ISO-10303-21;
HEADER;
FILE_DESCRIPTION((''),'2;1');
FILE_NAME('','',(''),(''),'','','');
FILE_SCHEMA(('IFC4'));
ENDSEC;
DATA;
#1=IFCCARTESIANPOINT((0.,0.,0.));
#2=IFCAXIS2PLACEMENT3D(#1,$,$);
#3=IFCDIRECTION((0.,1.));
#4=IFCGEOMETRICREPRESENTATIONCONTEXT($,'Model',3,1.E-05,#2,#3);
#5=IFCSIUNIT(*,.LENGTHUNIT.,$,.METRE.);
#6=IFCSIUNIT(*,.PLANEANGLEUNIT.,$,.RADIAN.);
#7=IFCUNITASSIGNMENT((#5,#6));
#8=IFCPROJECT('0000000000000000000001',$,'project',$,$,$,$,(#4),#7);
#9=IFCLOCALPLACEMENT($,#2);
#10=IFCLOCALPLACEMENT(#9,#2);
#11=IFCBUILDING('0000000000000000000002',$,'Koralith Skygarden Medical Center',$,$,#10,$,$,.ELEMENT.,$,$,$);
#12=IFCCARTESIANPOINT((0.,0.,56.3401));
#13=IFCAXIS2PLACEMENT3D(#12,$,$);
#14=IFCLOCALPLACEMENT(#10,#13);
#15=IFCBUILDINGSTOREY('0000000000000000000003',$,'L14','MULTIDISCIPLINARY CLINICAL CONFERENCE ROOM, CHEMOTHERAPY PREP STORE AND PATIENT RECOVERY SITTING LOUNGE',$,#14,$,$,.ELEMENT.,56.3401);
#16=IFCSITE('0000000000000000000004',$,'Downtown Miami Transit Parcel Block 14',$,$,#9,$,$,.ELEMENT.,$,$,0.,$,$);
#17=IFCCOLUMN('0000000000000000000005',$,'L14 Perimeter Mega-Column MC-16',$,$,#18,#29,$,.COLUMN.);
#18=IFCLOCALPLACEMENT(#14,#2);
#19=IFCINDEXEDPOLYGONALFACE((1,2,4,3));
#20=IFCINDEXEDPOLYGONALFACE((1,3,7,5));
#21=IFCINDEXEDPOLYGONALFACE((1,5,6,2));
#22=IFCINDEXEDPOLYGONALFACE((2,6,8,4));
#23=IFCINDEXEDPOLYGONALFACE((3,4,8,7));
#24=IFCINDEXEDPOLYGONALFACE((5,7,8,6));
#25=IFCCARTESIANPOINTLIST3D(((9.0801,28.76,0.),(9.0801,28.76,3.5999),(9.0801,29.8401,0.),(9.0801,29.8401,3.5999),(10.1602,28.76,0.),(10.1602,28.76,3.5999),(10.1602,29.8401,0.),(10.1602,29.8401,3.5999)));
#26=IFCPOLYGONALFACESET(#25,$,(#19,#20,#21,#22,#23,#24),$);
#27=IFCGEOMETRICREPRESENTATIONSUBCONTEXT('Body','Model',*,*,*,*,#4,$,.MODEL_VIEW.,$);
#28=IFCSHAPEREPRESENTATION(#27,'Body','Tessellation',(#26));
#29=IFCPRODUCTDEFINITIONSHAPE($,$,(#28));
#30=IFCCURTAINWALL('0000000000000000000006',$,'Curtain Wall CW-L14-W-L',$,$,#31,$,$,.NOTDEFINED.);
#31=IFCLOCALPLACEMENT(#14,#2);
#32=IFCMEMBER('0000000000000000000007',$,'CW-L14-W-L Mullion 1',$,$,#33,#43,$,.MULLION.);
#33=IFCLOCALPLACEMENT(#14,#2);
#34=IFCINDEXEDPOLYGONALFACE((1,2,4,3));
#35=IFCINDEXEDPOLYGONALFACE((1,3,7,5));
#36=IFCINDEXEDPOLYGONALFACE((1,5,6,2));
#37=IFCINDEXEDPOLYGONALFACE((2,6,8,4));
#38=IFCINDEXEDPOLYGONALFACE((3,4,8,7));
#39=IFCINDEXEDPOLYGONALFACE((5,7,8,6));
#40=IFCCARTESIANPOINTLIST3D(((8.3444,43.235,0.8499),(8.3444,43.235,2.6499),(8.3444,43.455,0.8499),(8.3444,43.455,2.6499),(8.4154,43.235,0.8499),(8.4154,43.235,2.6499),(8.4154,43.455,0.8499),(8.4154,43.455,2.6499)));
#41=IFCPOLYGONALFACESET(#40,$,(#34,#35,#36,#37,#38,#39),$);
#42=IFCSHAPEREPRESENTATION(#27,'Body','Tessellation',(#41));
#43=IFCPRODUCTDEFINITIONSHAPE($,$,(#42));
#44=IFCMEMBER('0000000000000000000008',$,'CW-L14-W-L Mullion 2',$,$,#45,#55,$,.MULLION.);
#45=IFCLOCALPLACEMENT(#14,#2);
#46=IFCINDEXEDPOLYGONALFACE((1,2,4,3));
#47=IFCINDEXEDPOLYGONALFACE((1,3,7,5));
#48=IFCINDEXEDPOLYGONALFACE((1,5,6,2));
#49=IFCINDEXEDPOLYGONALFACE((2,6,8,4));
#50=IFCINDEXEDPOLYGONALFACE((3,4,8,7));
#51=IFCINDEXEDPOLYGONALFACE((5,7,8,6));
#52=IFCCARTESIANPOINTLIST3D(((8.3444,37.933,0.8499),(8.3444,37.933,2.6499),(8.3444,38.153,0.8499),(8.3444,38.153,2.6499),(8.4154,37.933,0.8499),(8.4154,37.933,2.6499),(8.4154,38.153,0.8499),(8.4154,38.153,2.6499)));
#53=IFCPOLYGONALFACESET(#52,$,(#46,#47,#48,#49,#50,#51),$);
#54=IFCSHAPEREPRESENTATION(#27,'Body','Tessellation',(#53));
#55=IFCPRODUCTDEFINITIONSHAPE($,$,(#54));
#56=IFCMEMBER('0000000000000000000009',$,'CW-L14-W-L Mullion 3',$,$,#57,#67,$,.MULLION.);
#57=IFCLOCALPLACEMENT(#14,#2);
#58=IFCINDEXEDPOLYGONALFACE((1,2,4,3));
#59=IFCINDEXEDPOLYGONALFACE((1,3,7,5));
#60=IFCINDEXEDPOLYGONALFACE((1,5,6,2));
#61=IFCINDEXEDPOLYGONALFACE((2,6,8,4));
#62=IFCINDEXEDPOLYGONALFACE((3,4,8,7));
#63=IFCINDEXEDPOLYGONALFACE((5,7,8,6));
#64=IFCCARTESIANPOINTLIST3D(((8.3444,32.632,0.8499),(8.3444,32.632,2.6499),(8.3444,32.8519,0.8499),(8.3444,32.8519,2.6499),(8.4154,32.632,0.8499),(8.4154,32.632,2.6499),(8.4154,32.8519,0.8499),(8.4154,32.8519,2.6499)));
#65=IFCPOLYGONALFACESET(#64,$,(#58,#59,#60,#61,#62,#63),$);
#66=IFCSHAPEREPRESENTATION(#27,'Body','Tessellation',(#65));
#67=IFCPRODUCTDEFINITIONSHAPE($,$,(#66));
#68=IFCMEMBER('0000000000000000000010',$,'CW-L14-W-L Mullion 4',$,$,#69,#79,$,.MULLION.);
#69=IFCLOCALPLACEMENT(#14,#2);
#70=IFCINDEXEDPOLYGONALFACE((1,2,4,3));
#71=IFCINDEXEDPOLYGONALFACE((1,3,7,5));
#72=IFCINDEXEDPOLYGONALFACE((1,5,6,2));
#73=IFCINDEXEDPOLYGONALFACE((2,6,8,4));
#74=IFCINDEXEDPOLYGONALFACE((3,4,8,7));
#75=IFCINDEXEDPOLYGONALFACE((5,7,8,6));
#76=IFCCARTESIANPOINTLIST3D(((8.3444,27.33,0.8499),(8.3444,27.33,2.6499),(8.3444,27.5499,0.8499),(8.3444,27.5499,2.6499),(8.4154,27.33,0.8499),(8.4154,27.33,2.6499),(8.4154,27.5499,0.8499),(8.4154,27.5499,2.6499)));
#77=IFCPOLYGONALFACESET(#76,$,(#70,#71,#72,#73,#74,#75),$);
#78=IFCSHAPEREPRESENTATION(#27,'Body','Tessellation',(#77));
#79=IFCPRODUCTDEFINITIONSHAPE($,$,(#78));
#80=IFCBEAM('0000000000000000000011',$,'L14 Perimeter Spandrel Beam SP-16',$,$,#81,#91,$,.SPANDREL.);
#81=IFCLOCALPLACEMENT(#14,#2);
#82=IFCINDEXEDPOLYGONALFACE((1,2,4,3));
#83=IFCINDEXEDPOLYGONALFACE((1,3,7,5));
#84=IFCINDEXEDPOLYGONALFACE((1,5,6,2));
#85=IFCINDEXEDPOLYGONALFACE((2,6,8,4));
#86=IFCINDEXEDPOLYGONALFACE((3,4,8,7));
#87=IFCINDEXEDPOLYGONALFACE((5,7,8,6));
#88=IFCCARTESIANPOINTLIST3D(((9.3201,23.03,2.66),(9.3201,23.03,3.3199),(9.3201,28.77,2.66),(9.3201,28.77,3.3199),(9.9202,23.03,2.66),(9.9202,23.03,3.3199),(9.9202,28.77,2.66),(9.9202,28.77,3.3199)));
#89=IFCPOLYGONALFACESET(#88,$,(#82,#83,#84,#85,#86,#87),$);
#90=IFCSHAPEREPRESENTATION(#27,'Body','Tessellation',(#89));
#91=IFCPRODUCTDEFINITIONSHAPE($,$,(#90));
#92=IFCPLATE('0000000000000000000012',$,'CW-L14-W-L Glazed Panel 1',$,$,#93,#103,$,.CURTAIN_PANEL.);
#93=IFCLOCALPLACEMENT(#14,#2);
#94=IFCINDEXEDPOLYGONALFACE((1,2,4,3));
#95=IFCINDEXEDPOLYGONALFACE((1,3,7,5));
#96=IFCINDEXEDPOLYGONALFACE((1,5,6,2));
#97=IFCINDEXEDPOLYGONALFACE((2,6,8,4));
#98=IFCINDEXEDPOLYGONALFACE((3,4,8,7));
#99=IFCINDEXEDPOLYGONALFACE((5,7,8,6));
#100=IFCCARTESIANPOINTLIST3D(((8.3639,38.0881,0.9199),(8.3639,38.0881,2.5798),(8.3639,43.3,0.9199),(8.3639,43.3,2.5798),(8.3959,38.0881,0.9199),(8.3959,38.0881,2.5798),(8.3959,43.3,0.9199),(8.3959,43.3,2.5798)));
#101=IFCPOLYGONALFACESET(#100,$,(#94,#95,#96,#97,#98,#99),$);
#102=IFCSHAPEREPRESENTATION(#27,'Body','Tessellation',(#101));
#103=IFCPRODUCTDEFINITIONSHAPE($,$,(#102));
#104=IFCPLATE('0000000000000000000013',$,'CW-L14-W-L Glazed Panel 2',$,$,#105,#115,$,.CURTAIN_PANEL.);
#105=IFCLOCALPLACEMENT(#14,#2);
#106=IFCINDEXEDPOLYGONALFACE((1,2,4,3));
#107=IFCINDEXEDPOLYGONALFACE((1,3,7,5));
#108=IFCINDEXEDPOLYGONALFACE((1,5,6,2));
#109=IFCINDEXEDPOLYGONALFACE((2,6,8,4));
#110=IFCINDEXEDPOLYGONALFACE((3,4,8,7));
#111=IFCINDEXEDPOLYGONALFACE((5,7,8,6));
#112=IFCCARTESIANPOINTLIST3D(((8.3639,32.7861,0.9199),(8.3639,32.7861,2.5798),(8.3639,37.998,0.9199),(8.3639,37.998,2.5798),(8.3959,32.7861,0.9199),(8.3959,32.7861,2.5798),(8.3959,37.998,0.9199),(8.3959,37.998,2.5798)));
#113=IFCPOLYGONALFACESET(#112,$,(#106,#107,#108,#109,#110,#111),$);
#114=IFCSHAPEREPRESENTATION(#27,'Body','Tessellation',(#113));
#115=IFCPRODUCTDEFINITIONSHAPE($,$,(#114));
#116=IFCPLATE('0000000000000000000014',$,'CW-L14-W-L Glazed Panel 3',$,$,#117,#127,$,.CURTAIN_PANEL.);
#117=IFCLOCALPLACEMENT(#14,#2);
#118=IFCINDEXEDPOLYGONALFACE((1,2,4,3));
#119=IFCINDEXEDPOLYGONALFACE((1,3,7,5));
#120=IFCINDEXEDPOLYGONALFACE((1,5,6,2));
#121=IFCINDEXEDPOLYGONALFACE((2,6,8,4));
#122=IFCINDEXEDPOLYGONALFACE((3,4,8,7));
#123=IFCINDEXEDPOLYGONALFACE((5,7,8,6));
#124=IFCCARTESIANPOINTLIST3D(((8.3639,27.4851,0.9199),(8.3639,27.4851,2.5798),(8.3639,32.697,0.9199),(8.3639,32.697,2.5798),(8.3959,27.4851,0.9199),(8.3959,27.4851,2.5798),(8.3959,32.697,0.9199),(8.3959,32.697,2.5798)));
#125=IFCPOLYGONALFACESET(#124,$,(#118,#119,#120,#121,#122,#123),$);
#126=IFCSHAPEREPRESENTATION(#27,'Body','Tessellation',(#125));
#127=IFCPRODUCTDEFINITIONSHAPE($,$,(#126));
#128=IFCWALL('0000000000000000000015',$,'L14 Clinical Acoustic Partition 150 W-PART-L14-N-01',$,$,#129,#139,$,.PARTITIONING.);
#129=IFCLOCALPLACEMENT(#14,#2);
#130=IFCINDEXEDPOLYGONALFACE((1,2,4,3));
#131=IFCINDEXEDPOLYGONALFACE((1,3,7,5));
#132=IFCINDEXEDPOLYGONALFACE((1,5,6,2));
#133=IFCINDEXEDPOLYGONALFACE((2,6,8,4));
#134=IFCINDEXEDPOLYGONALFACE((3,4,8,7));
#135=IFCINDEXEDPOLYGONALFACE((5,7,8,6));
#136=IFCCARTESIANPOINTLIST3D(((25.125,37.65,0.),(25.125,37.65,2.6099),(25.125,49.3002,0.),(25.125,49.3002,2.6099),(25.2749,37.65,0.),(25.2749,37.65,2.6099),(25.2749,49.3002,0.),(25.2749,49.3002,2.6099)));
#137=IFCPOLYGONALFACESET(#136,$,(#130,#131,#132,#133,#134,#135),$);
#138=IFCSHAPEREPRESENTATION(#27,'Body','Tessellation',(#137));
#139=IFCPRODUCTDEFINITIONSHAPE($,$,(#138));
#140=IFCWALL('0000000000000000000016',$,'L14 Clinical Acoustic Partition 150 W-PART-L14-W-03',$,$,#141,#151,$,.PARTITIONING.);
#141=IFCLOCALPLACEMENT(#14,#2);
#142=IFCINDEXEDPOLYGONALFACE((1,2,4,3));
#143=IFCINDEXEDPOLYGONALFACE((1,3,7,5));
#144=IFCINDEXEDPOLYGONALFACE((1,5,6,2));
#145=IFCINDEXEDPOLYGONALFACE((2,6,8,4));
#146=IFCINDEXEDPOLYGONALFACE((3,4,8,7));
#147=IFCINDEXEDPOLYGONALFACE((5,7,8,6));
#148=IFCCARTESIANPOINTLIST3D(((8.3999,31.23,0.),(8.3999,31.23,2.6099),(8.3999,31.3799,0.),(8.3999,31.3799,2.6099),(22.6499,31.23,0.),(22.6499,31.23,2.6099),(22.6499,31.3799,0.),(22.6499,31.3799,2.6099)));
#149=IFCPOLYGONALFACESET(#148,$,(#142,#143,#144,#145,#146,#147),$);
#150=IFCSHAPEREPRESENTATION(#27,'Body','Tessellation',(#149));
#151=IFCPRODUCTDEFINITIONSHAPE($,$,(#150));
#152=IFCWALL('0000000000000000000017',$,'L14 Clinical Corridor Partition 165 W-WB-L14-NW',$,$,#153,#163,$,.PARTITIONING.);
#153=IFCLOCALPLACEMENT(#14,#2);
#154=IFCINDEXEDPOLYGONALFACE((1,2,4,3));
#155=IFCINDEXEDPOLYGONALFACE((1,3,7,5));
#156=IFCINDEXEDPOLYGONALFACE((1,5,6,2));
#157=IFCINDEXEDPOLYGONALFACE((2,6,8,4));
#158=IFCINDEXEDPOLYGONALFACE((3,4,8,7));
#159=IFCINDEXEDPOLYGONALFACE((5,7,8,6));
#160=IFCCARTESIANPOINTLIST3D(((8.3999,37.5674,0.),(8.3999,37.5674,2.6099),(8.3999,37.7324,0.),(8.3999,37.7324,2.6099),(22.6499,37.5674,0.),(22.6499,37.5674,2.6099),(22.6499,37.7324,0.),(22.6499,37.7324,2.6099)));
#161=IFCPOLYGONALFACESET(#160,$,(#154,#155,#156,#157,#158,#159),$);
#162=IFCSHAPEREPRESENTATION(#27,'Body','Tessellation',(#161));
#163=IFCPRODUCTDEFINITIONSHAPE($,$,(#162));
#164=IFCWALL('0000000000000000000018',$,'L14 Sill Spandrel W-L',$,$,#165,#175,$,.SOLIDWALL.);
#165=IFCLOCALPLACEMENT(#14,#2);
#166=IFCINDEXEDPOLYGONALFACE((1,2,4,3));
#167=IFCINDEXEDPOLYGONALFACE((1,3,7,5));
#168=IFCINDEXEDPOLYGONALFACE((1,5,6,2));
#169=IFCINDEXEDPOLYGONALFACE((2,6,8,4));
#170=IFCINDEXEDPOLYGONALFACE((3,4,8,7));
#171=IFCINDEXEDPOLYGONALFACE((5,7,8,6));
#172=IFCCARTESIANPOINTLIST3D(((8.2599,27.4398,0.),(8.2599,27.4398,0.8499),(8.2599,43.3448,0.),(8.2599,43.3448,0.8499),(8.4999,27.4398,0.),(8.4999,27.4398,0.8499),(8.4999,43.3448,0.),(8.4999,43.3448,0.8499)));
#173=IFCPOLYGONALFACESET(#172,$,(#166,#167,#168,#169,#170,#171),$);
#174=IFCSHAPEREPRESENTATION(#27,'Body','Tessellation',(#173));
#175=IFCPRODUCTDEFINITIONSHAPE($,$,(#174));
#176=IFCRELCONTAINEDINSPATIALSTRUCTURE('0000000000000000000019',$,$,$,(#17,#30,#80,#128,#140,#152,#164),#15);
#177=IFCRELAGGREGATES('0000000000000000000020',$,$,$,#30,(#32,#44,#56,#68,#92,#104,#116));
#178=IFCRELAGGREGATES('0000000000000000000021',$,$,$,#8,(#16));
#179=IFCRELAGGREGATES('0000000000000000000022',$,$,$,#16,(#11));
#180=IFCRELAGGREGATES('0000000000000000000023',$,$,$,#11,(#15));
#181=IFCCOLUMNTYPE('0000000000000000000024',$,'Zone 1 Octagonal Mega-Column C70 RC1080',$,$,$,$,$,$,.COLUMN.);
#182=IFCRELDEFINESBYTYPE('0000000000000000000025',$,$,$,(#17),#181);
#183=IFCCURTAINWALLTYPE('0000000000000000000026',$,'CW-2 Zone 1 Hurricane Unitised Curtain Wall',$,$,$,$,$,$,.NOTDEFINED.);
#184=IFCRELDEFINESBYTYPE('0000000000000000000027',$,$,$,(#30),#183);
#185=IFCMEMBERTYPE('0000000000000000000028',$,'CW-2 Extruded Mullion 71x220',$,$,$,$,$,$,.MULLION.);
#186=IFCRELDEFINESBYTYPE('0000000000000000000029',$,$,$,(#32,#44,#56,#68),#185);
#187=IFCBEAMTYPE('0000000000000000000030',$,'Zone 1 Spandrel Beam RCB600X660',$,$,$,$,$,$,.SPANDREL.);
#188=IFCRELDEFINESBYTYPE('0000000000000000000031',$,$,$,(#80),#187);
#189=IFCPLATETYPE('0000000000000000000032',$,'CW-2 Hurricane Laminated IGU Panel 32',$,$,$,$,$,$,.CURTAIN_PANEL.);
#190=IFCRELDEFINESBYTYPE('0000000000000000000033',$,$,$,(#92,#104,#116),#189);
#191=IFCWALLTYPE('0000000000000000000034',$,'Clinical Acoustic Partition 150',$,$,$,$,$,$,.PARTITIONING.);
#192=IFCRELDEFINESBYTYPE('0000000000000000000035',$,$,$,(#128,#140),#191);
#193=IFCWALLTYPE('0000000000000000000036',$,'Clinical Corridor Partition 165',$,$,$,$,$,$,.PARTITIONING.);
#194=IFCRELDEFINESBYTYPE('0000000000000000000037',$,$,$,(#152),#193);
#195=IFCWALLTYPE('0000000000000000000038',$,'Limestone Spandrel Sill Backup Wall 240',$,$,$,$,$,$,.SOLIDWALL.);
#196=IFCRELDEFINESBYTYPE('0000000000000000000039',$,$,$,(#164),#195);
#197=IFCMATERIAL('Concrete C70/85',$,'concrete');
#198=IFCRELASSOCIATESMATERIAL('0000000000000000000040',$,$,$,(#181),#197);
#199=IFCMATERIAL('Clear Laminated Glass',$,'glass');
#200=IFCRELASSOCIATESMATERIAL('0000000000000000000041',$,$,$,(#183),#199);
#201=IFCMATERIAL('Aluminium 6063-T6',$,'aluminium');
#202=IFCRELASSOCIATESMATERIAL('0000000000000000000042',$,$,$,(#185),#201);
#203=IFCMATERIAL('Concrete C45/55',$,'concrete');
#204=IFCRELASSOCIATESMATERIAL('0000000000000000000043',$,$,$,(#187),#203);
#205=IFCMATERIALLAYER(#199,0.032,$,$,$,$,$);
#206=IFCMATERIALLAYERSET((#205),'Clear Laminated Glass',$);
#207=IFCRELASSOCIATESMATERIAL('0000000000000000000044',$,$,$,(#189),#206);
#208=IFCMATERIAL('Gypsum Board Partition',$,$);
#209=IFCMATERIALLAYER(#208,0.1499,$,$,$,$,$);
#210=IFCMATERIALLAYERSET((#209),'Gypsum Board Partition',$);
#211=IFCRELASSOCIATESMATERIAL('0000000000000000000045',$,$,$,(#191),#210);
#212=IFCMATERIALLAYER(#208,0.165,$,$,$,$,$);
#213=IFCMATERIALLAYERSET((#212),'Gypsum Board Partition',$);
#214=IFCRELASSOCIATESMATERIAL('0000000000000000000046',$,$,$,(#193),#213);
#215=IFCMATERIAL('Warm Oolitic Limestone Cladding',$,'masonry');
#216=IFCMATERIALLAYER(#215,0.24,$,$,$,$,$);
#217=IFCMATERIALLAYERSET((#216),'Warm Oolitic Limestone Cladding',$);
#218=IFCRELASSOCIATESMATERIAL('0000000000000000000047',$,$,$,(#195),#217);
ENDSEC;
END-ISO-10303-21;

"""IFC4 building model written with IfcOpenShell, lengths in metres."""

from ifc_helpers import new_model, si_unit, direction, frame, frame_2d, origin, origin_2d, place, context, subcontext, project, spatial, rectangle, extrude, material, layer, layer_set, material_profile, profile_set, type_object, element, aggregate, save


model = new_model("IFC4")

# Units and contexts
model_context = context("Model", 3, precision=1e-05, world=origin(), true_north=direction((0.0, 1.0)))
body_context = subcontext(model_context, "Body", "Model", "MODEL_VIEW")
ifc_project = project(units=[si_unit("LENGTHUNIT", "METRE"), si_unit("PLANEANGLEUNIT", "RADIAN")], contexts=[model_context])

# Site, building, storey
site_placement = place(None, origin())
site = spatial("IfcSite", under=ifc_project, at=site_placement, Name="Downtown Miami Transit Parcel Block 14", CompositionType="ELEMENT", RefElevation=0.0)
building_placement = place(site_placement, origin())
building = spatial("IfcBuilding", under=site, at=building_placement, Name="Koralith Skygarden Medical Center", CompositionType="ELEMENT")
storey_placement = place(building_placement, frame((0.0, 0.0, 56.3401)))
storey = spatial("IfcBuildingStorey", under=building, at=storey_placement, Name="L14", Description="MULTIDISCIPLINARY CLINICAL CONFERENCE ROOM, CHEMOTHERAPY PREP STORE AND PATIENT RECOVERY SITTING LOUNGE", CompositionType="ELEMENT", Elevation=56.3401)

# Column
ifc_material_1 = material(Name="Concrete C70/85", Category="concrete")
ifc_material_profile_1 = material_profile(ifc_material_1, rectangle(XDim=1.0801, YDim=1.0801, at=origin_2d()), Name="RC1080X1080")
ifc_profile_set_1 = profile_set([ifc_material_profile_1], Name="Concrete C70/85")
column_type = type_object("IfcColumnType", Name="Zone 1 Octagonal Mega-Column C70 RC1080", PredefinedType="COLUMN", material=ifc_profile_set_1)
column_placement = place(storey_placement, frame((9.6201, 29.3, 0.0), z_axis=(0.0, 0.0, 1.0), x_axis=(1.0, 0.0, 0.0)))
element("IfcColumn", 1, at=column_placement, inside=storey, type_object=column_type, Name="L14 Perimeter Mega-Column MC-16", PredefinedType="COLUMN", context=body_context, shape_type="SweptSolid", body=[
    extrude(rectangle(XDim=1.0801, YDim=1.0801, at=origin_2d()), origin(), (0.0, 0.0, 1.0), 3.5999),
])

# Curtain wall, members
ifc_material_2 = material(Name="Clear Laminated Glass", Category="glass")
curtain_wall_type = type_object("IfcCurtainWallType", Name="CW-2 Zone 1 Hurricane Unitised Curtain Wall", PredefinedType="NOTDEFINED", material=ifc_material_2)
curtain_wall_placement = place(storey_placement, origin())
curtain_wall = element("IfcCurtainWall", 2, at=curtain_wall_placement, inside=storey, type_object=curtain_wall_type, Name="Curtain Wall CW-L14-W-L", PredefinedType="NOTDEFINED")
ifc_material_3 = material(Name="Aluminium 6063-T6", Category="aluminium")
ifc_material_profile_2 = material_profile(ifc_material_3, rectangle(XDim=0.071, YDim=0.22, at=origin_2d()), Name="MUL71X220")
ifc_profile_set_2 = profile_set([ifc_material_profile_2], Name="Aluminium 6063-T6")
member_type = type_object("IfcMemberType", Name="CW-2 Extruded Mullion 71x220", PredefinedType="MULLION", material=ifc_profile_set_2)
member_1_placement = place(storey_placement, frame((8.3799, 43.345, 0.8499), z_axis=(0.0, 0.0, 1.0), x_axis=(1.0, 0.0, 0.0)))
member_1 = element("IfcMember", 3, at=member_1_placement, type_object=member_type, Name="CW-L14-W-L Mullion 1", PredefinedType="MULLION", context=body_context, shape_type="SweptSolid", body=[
    extrude(rectangle(XDim=0.071, YDim=0.22, at=origin_2d()), origin(), (0.0, 0.0, 1.0), 1.8),
])
member_2_placement = place(storey_placement, frame((8.3799, 38.043, 0.8499), z_axis=(0.0, 0.0, 1.0), x_axis=(1.0, 0.0, 0.0)))
member_2 = element("IfcMember", 4, at=member_2_placement, type_object=member_type, Name="CW-L14-W-L Mullion 2", PredefinedType="MULLION", context=body_context, shape_type="SweptSolid", body=[
    extrude(rectangle(XDim=0.071, YDim=0.22, at=origin_2d()), origin(), (0.0, 0.0, 1.0), 1.8),
])
member_3_placement = place(storey_placement, frame((8.3799, 32.7419, 0.8499), z_axis=(0.0, 0.0, 1.0), x_axis=(1.0, 0.0, 0.0)))
member_3 = element("IfcMember", 5, at=member_3_placement, type_object=member_type, Name="CW-L14-W-L Mullion 3", PredefinedType="MULLION", context=body_context, shape_type="SweptSolid", body=[
    extrude(rectangle(XDim=0.071, YDim=0.22, at=origin_2d()), origin(), (0.0, 0.0, 1.0), 1.8),
])
member_4_placement = place(storey_placement, frame((8.3799, 27.4399, 0.8499), z_axis=(0.0, 0.0, 1.0), x_axis=(1.0, 0.0, 0.0)))
member_4 = element("IfcMember", 6, at=member_4_placement, type_object=member_type, Name="CW-L14-W-L Mullion 4", PredefinedType="MULLION", context=body_context, shape_type="SweptSolid", body=[
    extrude(rectangle(XDim=0.071, YDim=0.22, at=origin_2d()), origin(), (0.0, 0.0, 1.0), 1.8),
])

# Beam
ifc_material_4 = material(Name="Concrete C45/55", Category="concrete")
ifc_material_profile_3 = material_profile(ifc_material_4, rectangle(XDim=0.6001, YDim=0.6599, at=origin_2d()), Name="RCB600X660")
ifc_profile_set_3 = profile_set([ifc_material_profile_3], Name="Concrete C45/55")
beam_type = type_object("IfcBeamType", Name="Zone 1 Spandrel Beam RCB600X660", PredefinedType="SPANDREL", material=ifc_profile_set_3)
beam_placement = place(storey_placement, frame((9.6201, 28.77, 2.99), z_axis=(0.0, -1.0, 0.0), x_axis=(1.0, 0.0, 0.0)))
element("IfcBeam", 7, at=beam_placement, inside=storey, type_object=beam_type, Name="L14 Perimeter Spandrel Beam SP-16", PredefinedType="SPANDREL", context=body_context, shape_type="SweptSolid", body=[
    extrude(rectangle(XDim=0.6001, YDim=0.6599, at=origin_2d()), origin(), (0.0, 0.0, 1.0), 5.74),
])

# Plates
ifc_layer_1 = layer(ifc_material_2, 0.032)
ifc_layer_set_1 = layer_set([ifc_layer_1], Name="Clear Laminated Glass")
plate_type = type_object("IfcPlateType", Name="CW-2 Hurricane Laminated IGU Panel 32", PredefinedType="CURTAIN_PANEL", material=ifc_layer_set_1)
plate_1_placement = place(storey_placement, frame((8.3799, 40.6941, 0.9199), z_axis=(0.0, 0.0, 1.0), x_axis=(0.0, -1.0, 0.0)))
plate_1 = element("IfcPlate", 8, at=plate_1_placement, type_object=plate_type, Name="CW-L14-W-L Glazed Panel 1", PredefinedType="CURTAIN_PANEL", context=body_context, shape_type="SweptSolid", body=[
    extrude(rectangle(XDim=5.2119, YDim=0.032, at=origin_2d()), origin(), (0.0, 0.0, 1.0), 1.6599),
])
plate_2_placement = place(storey_placement, frame((8.3799, 35.3921, 0.9199), z_axis=(0.0, 0.0, 1.0), x_axis=(0.0, -1.0, 0.0)))
plate_2 = element("IfcPlate", 9, at=plate_2_placement, type_object=plate_type, Name="CW-L14-W-L Glazed Panel 2", PredefinedType="CURTAIN_PANEL", context=body_context, shape_type="SweptSolid", body=[
    extrude(rectangle(XDim=5.2119, YDim=0.032, at=origin_2d()), origin(), (0.0, 0.0, 1.0), 1.6599),
])
plate_3_placement = place(storey_placement, frame((8.3799, 30.0911, 0.9199), z_axis=(0.0, 0.0, 1.0), x_axis=(0.0, -1.0, 0.0)))
plate_3 = element("IfcPlate", 10, at=plate_3_placement, type_object=plate_type, Name="CW-L14-W-L Glazed Panel 3", PredefinedType="CURTAIN_PANEL", context=body_context, shape_type="SweptSolid", body=[
    extrude(rectangle(XDim=5.2119, YDim=0.032, at=origin_2d()), origin(), (0.0, 0.0, 1.0), 1.6599),
])
aggregate(curtain_wall, [member_1, member_2, member_3, member_4, plate_1, plate_2, plate_3])

# Walls
ifc_material_5 = material(Name="Gypsum Board Partition")
ifc_layer_2 = layer(ifc_material_5, 0.1499)
ifc_layer_set_2 = layer_set([ifc_layer_2], Name="Gypsum Board Partition")
wall_type_1 = type_object("IfcWallType", Name="Clinical Acoustic Partition 150", PredefinedType="PARTITIONING", material=ifc_layer_set_2)
wall_1_placement = place(storey_placement, frame((25.2, 37.6499, 0.0), z_axis=(0.0, 0.0, 1.0), x_axis=(0.0, 1.0, 0.0)))
element("IfcWall", 11, at=wall_1_placement, inside=storey, type_object=wall_type_1, Name="L14 Clinical Acoustic Partition 150 W-PART-L14-N-01", PredefinedType="PARTITIONING", context=body_context, shape_type="SweptSolid", body=[
    extrude(rectangle(XDim=11.6501, YDim=0.1499, at=frame_2d((5.8252, 0.0))), origin(), (0.0, 0.0, 1.0), 2.6099),
])
wall_2_placement = place(storey_placement, frame((22.6499, 31.3049, 0.0), z_axis=(0.0, 0.0, 1.0), x_axis=(-1.0, 0.0, 0.0)))
element("IfcWall", 12, at=wall_2_placement, inside=storey, type_object=wall_type_1, Name="L14 Clinical Acoustic Partition 150 W-PART-L14-W-03", PredefinedType="PARTITIONING", context=body_context, shape_type="SweptSolid", body=[
    extrude(rectangle(XDim=14.25, YDim=0.1499, at=frame_2d((7.125, 0.0))), origin(), (0.0, 0.0, 1.0), 2.6099),
])
ifc_layer_3 = layer(ifc_material_5, 0.165)
ifc_layer_set_3 = layer_set([ifc_layer_3], Name="Gypsum Board Partition")
wall_type_2 = type_object("IfcWallType", Name="Clinical Corridor Partition 165", PredefinedType="PARTITIONING", material=ifc_layer_set_3)
wall_3_placement = place(storey_placement, frame((8.3999, 37.6499, 0.0), z_axis=(0.0, 0.0, 1.0), x_axis=(1.0, 0.0, 0.0)))
element("IfcWall", 13, at=wall_3_placement, inside=storey, type_object=wall_type_2, Name="L14 Clinical Corridor Partition 165 W-WB-L14-NW", PredefinedType="PARTITIONING", context=body_context, shape_type="SweptSolid", body=[
    extrude(rectangle(XDim=14.25, YDim=0.165, at=frame_2d((7.125, 0.0))), origin(), (0.0, 0.0, 1.0), 2.6099),
])

# Wall
ifc_material_6 = material(Name="Warm Oolitic Limestone Cladding", Category="masonry")
ifc_layer_4 = layer(ifc_material_6, 0.24)
ifc_layer_set_4 = layer_set([ifc_layer_4], Name="Warm Oolitic Limestone Cladding")
wall_type_3 = type_object("IfcWallType", Name="Limestone Spandrel Sill Backup Wall 240", PredefinedType="SOLIDWALL", material=ifc_layer_set_4)
wall_4_placement = place(storey_placement, frame((8.3799, 43.345, 0.0), z_axis=(0.0, 0.0, 1.0), x_axis=(0.0, -1.0, 0.0)))
element("IfcWall", 14, at=wall_4_placement, inside=storey, type_object=wall_type_3, Name="L14 Sill Spandrel W-L", PredefinedType="SOLIDWALL", context=body_context, shape_type="SweptSolid", body=[
    extrude(rectangle(XDim=15.905, YDim=0.24, at=frame_2d((7.9526, 0.0))), origin(), (0.0, 0.0, 1.0), 0.8499),
])

save(model, "model.ifc")
